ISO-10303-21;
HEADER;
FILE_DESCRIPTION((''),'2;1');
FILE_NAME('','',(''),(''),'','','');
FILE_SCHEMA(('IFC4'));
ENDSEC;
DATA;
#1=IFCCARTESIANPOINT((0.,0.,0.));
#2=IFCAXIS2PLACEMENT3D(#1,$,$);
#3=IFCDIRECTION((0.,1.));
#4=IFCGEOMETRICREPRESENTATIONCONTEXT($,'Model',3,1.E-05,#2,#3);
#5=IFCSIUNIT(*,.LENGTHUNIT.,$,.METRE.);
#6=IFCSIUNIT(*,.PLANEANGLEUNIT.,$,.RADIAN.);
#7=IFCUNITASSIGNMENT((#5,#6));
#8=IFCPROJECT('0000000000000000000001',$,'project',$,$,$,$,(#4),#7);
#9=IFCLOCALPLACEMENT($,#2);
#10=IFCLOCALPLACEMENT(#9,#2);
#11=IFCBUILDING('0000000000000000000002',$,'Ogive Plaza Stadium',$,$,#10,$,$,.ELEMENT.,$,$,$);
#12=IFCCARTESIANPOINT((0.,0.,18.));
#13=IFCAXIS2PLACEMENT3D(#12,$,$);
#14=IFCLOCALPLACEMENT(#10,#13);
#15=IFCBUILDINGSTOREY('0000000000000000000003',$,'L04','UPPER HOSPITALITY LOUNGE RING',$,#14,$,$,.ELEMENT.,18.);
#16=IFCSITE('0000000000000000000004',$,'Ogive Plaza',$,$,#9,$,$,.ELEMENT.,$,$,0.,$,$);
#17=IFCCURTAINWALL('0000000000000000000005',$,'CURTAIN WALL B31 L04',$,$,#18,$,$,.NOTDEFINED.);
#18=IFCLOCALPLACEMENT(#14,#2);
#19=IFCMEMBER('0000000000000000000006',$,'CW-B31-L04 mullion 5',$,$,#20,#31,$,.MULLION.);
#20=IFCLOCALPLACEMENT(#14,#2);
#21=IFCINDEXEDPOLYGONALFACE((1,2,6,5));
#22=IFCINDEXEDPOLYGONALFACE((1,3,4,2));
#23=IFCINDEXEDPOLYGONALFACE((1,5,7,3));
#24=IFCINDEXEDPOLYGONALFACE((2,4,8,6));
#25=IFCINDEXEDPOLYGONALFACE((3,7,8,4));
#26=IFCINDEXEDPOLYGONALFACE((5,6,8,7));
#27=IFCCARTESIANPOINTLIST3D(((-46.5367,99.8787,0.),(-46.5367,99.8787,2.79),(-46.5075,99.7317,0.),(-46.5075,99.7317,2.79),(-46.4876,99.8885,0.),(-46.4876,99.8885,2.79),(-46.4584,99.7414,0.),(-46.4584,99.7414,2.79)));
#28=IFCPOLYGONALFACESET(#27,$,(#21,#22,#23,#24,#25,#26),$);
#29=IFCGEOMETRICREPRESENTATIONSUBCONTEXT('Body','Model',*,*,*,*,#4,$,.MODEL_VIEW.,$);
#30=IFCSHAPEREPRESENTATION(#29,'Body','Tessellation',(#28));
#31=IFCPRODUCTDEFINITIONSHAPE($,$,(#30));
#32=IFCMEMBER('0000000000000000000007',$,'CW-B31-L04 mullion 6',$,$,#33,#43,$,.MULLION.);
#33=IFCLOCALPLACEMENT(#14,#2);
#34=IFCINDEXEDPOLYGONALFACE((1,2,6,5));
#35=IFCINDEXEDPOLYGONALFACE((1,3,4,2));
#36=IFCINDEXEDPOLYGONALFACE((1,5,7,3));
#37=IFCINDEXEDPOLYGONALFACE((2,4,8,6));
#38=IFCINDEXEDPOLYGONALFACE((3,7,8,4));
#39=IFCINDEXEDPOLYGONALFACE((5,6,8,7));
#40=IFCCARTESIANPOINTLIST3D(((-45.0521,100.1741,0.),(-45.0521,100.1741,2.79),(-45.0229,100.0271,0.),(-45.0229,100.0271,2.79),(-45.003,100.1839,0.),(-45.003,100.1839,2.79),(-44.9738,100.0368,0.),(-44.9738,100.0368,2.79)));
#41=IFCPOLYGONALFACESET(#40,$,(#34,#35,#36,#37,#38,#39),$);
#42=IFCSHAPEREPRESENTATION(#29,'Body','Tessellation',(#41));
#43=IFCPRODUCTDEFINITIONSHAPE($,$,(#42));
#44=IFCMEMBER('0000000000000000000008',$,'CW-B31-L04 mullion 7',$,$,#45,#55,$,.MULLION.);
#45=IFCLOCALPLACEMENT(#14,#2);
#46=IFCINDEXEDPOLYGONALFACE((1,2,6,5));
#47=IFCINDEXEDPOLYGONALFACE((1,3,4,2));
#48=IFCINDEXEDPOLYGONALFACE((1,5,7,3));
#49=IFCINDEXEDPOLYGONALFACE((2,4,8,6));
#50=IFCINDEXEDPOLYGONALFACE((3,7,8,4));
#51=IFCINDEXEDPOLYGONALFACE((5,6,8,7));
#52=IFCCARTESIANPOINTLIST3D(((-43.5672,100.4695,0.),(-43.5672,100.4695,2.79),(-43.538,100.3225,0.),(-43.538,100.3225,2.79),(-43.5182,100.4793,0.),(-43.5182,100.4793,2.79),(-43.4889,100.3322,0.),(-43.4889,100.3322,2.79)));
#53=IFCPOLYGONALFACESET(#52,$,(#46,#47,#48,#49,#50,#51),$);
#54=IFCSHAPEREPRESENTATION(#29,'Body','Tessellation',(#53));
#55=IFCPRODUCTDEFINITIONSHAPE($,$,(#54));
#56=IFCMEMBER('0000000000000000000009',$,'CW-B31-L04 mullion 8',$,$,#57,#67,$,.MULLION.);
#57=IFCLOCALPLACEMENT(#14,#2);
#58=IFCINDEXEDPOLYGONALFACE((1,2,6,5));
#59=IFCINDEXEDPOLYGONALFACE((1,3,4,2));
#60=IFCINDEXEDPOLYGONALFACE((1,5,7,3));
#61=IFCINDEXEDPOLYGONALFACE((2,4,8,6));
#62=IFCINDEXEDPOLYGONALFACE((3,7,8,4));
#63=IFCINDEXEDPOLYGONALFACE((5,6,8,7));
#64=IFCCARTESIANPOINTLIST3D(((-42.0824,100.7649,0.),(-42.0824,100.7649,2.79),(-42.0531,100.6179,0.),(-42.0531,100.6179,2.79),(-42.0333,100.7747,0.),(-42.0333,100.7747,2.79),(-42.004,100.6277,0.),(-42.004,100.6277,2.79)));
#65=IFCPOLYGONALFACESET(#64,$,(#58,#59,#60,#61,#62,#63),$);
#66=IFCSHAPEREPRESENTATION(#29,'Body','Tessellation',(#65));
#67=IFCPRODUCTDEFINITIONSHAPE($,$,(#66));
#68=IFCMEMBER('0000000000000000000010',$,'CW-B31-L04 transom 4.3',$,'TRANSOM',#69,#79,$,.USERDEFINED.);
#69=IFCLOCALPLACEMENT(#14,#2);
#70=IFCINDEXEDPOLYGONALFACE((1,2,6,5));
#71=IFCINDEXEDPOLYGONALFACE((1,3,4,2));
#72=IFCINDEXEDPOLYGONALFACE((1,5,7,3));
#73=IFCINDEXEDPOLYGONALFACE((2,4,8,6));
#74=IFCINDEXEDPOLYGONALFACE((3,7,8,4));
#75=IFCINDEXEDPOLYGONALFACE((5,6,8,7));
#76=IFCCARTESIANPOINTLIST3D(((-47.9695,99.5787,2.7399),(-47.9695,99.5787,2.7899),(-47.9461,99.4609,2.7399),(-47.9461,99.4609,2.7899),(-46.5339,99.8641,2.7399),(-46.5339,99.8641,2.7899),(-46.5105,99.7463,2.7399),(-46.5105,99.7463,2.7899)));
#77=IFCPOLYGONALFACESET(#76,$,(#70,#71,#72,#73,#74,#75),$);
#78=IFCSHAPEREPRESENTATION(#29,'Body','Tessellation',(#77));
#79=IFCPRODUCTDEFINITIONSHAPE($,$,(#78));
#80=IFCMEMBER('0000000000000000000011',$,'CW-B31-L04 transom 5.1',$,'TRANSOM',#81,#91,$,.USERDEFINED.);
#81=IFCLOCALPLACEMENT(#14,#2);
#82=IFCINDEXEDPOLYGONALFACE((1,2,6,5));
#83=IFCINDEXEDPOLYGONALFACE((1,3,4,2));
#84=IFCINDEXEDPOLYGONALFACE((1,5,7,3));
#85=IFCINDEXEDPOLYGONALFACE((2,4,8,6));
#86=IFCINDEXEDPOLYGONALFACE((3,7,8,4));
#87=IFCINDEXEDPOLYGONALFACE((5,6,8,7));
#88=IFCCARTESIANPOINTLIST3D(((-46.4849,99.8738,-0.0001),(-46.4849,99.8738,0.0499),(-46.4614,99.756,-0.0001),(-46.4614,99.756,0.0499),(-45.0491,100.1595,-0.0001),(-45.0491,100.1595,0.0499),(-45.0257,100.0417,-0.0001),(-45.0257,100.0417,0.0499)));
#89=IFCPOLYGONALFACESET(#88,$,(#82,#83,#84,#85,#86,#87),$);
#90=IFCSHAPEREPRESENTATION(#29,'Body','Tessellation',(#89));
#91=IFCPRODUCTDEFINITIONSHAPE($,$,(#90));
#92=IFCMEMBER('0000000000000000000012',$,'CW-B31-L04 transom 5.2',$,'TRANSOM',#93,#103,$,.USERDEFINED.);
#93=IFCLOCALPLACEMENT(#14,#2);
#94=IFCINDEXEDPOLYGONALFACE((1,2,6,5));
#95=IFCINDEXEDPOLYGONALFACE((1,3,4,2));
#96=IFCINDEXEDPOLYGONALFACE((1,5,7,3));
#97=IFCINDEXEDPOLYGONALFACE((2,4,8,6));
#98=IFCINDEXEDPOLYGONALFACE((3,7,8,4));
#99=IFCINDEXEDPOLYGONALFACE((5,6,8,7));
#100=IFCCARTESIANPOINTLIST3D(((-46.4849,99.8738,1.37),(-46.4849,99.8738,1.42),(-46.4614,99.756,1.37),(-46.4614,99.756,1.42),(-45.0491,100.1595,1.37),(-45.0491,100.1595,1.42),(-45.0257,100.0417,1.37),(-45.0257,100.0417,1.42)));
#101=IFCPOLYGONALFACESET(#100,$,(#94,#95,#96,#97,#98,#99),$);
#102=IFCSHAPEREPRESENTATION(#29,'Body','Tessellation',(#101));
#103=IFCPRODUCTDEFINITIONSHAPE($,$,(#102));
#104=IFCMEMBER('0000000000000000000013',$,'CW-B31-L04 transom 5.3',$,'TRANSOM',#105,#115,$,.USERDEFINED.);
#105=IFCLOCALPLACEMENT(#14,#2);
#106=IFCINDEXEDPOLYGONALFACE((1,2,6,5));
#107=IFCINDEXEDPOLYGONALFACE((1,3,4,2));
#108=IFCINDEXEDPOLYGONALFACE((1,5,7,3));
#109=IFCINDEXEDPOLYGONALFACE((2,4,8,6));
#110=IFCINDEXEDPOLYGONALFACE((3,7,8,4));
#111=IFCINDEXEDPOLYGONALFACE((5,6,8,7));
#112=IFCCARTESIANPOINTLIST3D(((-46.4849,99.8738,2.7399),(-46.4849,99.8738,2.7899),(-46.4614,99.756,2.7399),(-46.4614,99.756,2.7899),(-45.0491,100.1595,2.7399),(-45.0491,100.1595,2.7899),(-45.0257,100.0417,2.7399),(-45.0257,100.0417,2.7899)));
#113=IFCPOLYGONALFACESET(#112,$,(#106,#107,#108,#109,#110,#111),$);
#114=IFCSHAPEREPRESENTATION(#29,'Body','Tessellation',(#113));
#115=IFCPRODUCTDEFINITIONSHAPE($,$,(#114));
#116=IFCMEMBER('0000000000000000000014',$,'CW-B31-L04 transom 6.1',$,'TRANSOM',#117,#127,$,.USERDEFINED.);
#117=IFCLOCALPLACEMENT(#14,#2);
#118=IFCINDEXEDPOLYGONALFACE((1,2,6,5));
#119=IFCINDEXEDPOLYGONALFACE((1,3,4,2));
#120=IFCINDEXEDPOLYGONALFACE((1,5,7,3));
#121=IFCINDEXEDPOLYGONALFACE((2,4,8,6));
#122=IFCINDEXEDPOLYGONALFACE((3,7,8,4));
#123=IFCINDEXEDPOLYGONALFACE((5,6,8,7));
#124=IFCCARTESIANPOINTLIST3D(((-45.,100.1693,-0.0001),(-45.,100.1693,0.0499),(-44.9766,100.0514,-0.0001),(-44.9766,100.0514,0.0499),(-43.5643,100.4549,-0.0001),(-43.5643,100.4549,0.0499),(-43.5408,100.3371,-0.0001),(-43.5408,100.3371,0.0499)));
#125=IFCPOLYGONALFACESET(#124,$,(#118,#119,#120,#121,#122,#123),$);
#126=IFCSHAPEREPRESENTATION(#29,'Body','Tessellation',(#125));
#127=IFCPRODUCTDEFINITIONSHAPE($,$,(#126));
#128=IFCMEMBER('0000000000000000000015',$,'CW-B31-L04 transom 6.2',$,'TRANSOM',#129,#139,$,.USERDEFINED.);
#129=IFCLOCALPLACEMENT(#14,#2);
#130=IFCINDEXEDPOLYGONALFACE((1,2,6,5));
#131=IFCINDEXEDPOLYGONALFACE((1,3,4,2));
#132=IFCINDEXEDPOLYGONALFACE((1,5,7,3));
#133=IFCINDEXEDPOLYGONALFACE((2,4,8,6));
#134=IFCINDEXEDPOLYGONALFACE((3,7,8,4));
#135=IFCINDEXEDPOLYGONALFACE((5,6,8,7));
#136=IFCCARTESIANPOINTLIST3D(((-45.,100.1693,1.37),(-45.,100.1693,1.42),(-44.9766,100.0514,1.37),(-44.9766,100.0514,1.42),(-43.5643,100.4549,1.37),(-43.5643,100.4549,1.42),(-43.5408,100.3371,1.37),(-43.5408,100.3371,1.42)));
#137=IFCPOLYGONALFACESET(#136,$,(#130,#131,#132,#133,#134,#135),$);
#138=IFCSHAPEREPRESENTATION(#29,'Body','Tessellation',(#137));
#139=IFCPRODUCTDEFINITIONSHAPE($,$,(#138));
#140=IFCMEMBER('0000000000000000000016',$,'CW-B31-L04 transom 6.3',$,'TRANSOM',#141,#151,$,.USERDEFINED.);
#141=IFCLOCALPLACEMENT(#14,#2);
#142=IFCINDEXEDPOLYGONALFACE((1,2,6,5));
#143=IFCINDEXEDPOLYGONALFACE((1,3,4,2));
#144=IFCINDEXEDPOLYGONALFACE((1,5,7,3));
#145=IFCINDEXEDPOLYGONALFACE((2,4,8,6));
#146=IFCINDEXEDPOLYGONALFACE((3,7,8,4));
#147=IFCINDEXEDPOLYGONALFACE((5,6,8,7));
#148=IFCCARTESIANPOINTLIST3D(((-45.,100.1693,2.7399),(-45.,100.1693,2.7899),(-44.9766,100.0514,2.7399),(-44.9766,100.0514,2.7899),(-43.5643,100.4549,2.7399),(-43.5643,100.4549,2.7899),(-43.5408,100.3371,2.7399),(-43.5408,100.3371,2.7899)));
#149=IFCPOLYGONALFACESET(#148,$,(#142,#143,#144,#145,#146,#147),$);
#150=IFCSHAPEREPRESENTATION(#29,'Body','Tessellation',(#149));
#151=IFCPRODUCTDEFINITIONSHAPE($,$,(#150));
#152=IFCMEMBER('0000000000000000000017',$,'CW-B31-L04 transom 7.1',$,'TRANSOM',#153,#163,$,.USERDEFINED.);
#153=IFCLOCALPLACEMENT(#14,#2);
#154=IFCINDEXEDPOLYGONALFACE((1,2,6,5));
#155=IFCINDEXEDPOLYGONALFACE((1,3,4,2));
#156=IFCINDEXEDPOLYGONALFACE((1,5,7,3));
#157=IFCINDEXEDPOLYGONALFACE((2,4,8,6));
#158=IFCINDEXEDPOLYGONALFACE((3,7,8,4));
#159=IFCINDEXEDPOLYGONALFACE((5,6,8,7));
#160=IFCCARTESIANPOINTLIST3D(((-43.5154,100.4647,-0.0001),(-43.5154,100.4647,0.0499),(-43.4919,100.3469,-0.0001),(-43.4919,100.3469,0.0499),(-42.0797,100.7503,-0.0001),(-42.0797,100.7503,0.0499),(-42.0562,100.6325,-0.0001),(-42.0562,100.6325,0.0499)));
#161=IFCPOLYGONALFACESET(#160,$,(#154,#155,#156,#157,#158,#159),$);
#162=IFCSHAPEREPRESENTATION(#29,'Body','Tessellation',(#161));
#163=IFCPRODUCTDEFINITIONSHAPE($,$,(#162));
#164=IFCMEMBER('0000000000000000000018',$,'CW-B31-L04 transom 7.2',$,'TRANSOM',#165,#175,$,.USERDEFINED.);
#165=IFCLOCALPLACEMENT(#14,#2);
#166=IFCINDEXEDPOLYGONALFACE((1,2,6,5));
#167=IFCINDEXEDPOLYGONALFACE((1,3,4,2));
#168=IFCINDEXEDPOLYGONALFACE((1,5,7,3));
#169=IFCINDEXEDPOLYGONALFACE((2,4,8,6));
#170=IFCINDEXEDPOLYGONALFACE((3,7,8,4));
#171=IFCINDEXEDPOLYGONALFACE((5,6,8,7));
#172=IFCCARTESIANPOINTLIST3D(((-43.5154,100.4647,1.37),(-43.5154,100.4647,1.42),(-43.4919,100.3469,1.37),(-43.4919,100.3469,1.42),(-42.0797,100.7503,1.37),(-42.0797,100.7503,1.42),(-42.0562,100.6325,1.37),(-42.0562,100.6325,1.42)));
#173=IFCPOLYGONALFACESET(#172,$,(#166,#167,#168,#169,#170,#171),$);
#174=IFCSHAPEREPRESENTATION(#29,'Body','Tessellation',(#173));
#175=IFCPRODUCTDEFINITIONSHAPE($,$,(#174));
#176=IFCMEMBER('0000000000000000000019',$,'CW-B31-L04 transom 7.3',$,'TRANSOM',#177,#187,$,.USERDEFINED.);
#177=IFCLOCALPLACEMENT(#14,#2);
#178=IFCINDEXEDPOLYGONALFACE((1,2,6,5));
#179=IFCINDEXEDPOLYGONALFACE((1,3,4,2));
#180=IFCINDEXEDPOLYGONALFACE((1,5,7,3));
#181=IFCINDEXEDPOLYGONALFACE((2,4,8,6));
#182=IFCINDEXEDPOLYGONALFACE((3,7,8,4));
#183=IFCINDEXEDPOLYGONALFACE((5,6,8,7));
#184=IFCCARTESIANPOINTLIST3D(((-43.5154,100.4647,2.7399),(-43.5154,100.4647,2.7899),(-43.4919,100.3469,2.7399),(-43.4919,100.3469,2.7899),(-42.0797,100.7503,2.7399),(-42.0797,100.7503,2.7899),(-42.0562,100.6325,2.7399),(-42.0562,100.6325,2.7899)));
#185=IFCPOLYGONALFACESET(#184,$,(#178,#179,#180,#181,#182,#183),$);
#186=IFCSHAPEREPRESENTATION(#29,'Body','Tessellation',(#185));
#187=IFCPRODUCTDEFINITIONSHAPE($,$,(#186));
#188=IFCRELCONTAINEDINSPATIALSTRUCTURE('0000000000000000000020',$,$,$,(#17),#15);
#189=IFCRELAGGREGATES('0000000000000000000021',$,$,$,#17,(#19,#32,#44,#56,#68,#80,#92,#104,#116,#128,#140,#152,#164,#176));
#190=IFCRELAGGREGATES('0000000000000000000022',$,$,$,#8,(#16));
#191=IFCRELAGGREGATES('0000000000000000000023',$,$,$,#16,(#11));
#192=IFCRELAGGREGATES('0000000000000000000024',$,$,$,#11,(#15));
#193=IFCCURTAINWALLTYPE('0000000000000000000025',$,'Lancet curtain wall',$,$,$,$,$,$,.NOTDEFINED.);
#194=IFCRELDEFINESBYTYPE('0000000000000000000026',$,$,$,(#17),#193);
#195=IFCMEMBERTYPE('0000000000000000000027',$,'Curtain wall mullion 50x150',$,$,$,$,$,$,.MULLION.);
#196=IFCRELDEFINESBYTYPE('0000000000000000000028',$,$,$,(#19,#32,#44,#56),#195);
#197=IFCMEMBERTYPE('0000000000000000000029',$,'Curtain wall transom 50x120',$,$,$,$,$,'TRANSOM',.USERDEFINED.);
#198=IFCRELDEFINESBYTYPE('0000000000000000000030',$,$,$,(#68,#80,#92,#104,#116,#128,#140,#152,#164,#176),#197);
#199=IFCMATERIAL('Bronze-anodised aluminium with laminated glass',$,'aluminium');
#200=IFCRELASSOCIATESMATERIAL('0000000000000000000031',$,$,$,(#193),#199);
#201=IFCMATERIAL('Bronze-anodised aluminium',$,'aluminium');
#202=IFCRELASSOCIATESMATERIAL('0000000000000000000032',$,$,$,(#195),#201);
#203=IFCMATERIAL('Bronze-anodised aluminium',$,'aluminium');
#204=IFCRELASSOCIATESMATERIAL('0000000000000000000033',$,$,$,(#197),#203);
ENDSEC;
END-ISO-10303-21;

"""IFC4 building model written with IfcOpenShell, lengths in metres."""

from ifc_helpers import new_model, si_unit, direction, frame, origin, origin_2d, place, context, subcontext, project, spatial, rectangle, extrude, material, material_profile, profile_set, type_object, element, aggregate, save


model = new_model("IFC4")

# Units and contexts
model_context = context("Model", 3, precision=1e-05, world=origin(), true_north=direction((0.0, 1.0)))
body_context = subcontext(model_context, "Body", "Model", "MODEL_VIEW")
ifc_project = project(units=[si_unit("LENGTHUNIT", "METRE"), si_unit("PLANEANGLEUNIT", "RADIAN")], contexts=[model_context])

# Site, building, storey
site_placement = place(None, origin())
site = spatial("IfcSite", under=ifc_project, at=site_placement, Name="Ogive Plaza", CompositionType="ELEMENT", RefElevation=0.0)
building_placement = place(site_placement, origin())
building = spatial("IfcBuilding", under=site, at=building_placement, Name="Ogive Plaza Stadium", CompositionType="ELEMENT")
storey_placement = place(building_placement, frame((0.0, 0.0, 18.0)))
storey = spatial("IfcBuildingStorey", under=building, at=storey_placement, Name="L04", Description="UPPER HOSPITALITY LOUNGE RING", CompositionType="ELEMENT", Elevation=18.0)

# Curtain wall, members
ifc_material_1 = material(Name="Bronze-anodised aluminium with laminated glass", Category="aluminium")
curtain_wall_type = type_object("IfcCurtainWallType", Name="Lancet curtain wall", PredefinedType="NOTDEFINED", material=ifc_material_1)
curtain_wall_placement = place(storey_placement, origin())
curtain_wall = element("IfcCurtainWall", 1, at=curtain_wall_placement, inside=storey, type_object=curtain_wall_type, Name="CURTAIN WALL B31 L04", PredefinedType="NOTDEFINED")
ifc_material_2 = material(Name="Bronze-anodised aluminium", Category="aluminium")
ifc_material_profile_1 = material_profile(ifc_material_2, rectangle(XDim=0.1499, YDim=0.05, at=origin_2d()), Name="AL 150x50")
ifc_profile_set_1 = profile_set([ifc_material_profile_1], Name="Bronze-anodised aluminium")
member_type_1 = type_object("IfcMemberType", Name="Curtain wall mullion 50x150", PredefinedType="MULLION", material=ifc_profile_set_1)
member_1_placement = place(storey_placement, frame((-46.4976, 99.8101, 0.0), z_axis=(0.0, 0.0, 1.0), x_axis=(-0.19509, 0.980785, 0.0)))
member_1 = element("IfcMember", 2, at=member_1_placement, type_object=member_type_1, Name="CW-B31-L04 mullion 5", PredefinedType="MULLION", context=body_context, shape_type="SweptSolid", body=[
    extrude(rectangle(XDim=0.1499, YDim=0.05, at=origin_2d()), origin(), (0.0, 0.0, 1.0), 2.79),
])
member_2_placement = place(storey_placement, frame((-45.0129, 100.1055, 0.0), z_axis=(0.0, 0.0, 1.0), x_axis=(-0.19509, 0.980785, 0.0)))
member_2 = element("IfcMember", 3, at=member_2_placement, type_object=member_type_1, Name="CW-B31-L04 mullion 6", PredefinedType="MULLION", context=body_context, shape_type="SweptSolid", body=[
    extrude(rectangle(XDim=0.1499, YDim=0.05, at=origin_2d()), origin(), (0.0, 0.0, 1.0), 2.79),
])
member_3_placement = place(storey_placement, frame((-43.5281, 100.4009, 0.0), z_axis=(0.0, 0.0, 1.0), x_axis=(-0.19509, 0.980785, 0.0)))
member_3 = element("IfcMember", 4, at=member_3_placement, type_object=member_type_1, Name="CW-B31-L04 mullion 7", PredefinedType="MULLION", context=body_context, shape_type="SweptSolid", body=[
    extrude(rectangle(XDim=0.1499, YDim=0.05, at=origin_2d()), origin(), (0.0, 0.0, 1.0), 2.79),
])
member_4_placement = place(storey_placement, frame((-42.0432, 100.6963, 0.0), z_axis=(0.0, 0.0, 1.0), x_axis=(-0.19509, 0.980785, 0.0)))
member_4 = element("IfcMember", 5, at=member_4_placement, type_object=member_type_1, Name="CW-B31-L04 mullion 8", PredefinedType="MULLION", context=body_context, shape_type="SweptSolid", body=[
    extrude(rectangle(XDim=0.1499, YDim=0.05, at=origin_2d()), origin(), (0.0, 0.0, 1.0), 2.79),
])
ifc_material_3 = material(Name="Bronze-anodised aluminium", Category="aluminium")
ifc_material_profile_2 = material_profile(ifc_material_3, rectangle(XDim=0.1201, YDim=0.05, at=origin_2d()), Name="AL 120x50")
ifc_profile_set_2 = profile_set([ifc_material_profile_2], Name="Bronze-anodised aluminium")
member_type_2 = type_object("IfcMemberType", Name="Curtain wall transom 50x120", ElementType="TRANSOM", PredefinedType="USERDEFINED", material=ifc_profile_set_2)
member_5_placement = place(storey_placement, frame((-47.9578, 99.5198, 2.7649), z_axis=(0.980805, 0.194993, 0.0), x_axis=(-0.194993, 0.980805, 0.0)))
member_5 = element("IfcMember", 6, at=member_5_placement, type_object=member_type_2, Name="CW-B31-L04 transom 4.3", ObjectType="TRANSOM", PredefinedType="USERDEFINED", context=body_context, shape_type="SweptSolid", body=[
    extrude(rectangle(XDim=0.1201, YDim=0.05, at=origin_2d()), origin(), (0.0, 0.0, 1.0), 1.4636),
])
member_6_placement = place(storey_placement, frame((-46.4731, 99.8149, 0.0249), z_axis=(0.980779, 0.195122, 0.0), x_axis=(-0.195122, 0.980779, 0.0)))
member_6 = element("IfcMember", 7, at=member_6_placement, type_object=member_type_2, Name="CW-B31-L04 transom 5.1", ObjectType="TRANSOM", PredefinedType="USERDEFINED", context=body_context, shape_type="SweptSolid", body=[
    extrude(rectangle(XDim=0.1201, YDim=0.05, at=origin_2d()), origin(), (0.0, 0.0, 1.0), 1.4639),
])
member_7_placement = place(storey_placement, frame((-46.4731, 99.8149, 1.395), z_axis=(0.980779, 0.195122, 0.0), x_axis=(-0.195122, 0.980779, 0.0)))
member_7 = element("IfcMember", 8, at=member_7_placement, type_object=member_type_2, Name="CW-B31-L04 transom 5.2", ObjectType="TRANSOM", PredefinedType="USERDEFINED", context=body_context, shape_type="SweptSolid", body=[
    extrude(rectangle(XDim=0.1201, YDim=0.05, at=origin_2d()), origin(), (0.0, 0.0, 1.0), 1.4639),
])
member_8_placement = place(storey_placement, frame((-46.4731, 99.8149, 2.7649), z_axis=(0.980779, 0.195122, 0.0), x_axis=(-0.195122, 0.980779, 0.0)))
member_8 = element("IfcMember", 9, at=member_8_placement, type_object=member_type_2, Name="CW-B31-L04 transom 5.3", ObjectType="TRANSOM", PredefinedType="USERDEFINED", context=body_context, shape_type="SweptSolid", body=[
    extrude(rectangle(XDim=0.1201, YDim=0.05, at=origin_2d()), origin(), (0.0, 0.0, 1.0), 1.4639),
])
member_9_placement = place(storey_placement, frame((-44.9883, 100.1104, 0.0249), z_axis=(0.980779, 0.195122, 0.0), x_axis=(-0.195122, 0.980779, 0.0)))
member_9 = element("IfcMember", 10, at=member_9_placement, type_object=member_type_2, Name="CW-B31-L04 transom 6.1", ObjectType="TRANSOM", PredefinedType="USERDEFINED", context=body_context, shape_type="SweptSolid", body=[
    extrude(rectangle(XDim=0.1201, YDim=0.05, at=origin_2d()), origin(), (0.0, 0.0, 1.0), 1.4639),
])
member_10_placement = place(storey_placement, frame((-44.9883, 100.1104, 1.395), z_axis=(0.980779, 0.195122, 0.0), x_axis=(-0.195122, 0.980779, 0.0)))
member_10 = element("IfcMember", 11, at=member_10_placement, type_object=member_type_2, Name="CW-B31-L04 transom 6.2", ObjectType="TRANSOM", PredefinedType="USERDEFINED", context=body_context, shape_type="SweptSolid", body=[
    extrude(rectangle(XDim=0.1201, YDim=0.05, at=origin_2d()), origin(), (0.0, 0.0, 1.0), 1.4639),
])
member_11_placement = place(storey_placement, frame((-44.9883, 100.1104, 2.7649), z_axis=(0.980779, 0.195122, 0.0), x_axis=(-0.195122, 0.980779, 0.0)))
member_11 = element("IfcMember", 12, at=member_11_placement, type_object=member_type_2, Name="CW-B31-L04 transom 6.3", ObjectType="TRANSOM", PredefinedType="USERDEFINED", context=body_context, shape_type="SweptSolid", body=[
    extrude(rectangle(XDim=0.1201, YDim=0.05, at=origin_2d()), origin(), (0.0, 0.0, 1.0), 1.4639),
])
member_12_placement = place(storey_placement, frame((-43.5037, 100.4058, 0.0249), z_axis=(0.980779, 0.195122, 0.0), x_axis=(-0.195122, 0.980779, 0.0)))
member_12 = element("IfcMember", 13, at=member_12_placement, type_object=member_type_2, Name="CW-B31-L04 transom 7.1", ObjectType="TRANSOM", PredefinedType="USERDEFINED", context=body_context, shape_type="SweptSolid", body=[
    extrude(rectangle(XDim=0.1201, YDim=0.05, at=origin_2d()), origin(), (0.0, 0.0, 1.0), 1.4639),
])
member_13_placement = place(storey_placement, frame((-43.5037, 100.4058, 1.395), z_axis=(0.980779, 0.195122, 0.0), x_axis=(-0.195122, 0.980779, 0.0)))
member_13 = element("IfcMember", 14, at=member_13_placement, type_object=member_type_2, Name="CW-B31-L04 transom 7.2", ObjectType="TRANSOM", PredefinedType="USERDEFINED", context=body_context, shape_type="SweptSolid", body=[
    extrude(rectangle(XDim=0.1201, YDim=0.05, at=origin_2d()), origin(), (0.0, 0.0, 1.0), 1.4639),
])
member_14_placement = place(storey_placement, frame((-43.5037, 100.4058, 2.7649), z_axis=(0.980779, 0.195122, 0.0), x_axis=(-0.195122, 0.980779, 0.0)))
member_14 = element("IfcMember", 15, at=member_14_placement, type_object=member_type_2, Name="CW-B31-L04 transom 7.3", ObjectType="TRANSOM", PredefinedType="USERDEFINED", context=body_context, shape_type="SweptSolid", body=[
    extrude(rectangle(XDim=0.1201, YDim=0.05, at=origin_2d()), origin(), (0.0, 0.0, 1.0), 1.4639),
])
aggregate(curtain_wall, [member_1, member_2, member_3, member_4, member_5, member_6, member_7, member_8, member_9, member_10, member_11, member_12, member_13, member_14])

save(model, "model.ifc")
